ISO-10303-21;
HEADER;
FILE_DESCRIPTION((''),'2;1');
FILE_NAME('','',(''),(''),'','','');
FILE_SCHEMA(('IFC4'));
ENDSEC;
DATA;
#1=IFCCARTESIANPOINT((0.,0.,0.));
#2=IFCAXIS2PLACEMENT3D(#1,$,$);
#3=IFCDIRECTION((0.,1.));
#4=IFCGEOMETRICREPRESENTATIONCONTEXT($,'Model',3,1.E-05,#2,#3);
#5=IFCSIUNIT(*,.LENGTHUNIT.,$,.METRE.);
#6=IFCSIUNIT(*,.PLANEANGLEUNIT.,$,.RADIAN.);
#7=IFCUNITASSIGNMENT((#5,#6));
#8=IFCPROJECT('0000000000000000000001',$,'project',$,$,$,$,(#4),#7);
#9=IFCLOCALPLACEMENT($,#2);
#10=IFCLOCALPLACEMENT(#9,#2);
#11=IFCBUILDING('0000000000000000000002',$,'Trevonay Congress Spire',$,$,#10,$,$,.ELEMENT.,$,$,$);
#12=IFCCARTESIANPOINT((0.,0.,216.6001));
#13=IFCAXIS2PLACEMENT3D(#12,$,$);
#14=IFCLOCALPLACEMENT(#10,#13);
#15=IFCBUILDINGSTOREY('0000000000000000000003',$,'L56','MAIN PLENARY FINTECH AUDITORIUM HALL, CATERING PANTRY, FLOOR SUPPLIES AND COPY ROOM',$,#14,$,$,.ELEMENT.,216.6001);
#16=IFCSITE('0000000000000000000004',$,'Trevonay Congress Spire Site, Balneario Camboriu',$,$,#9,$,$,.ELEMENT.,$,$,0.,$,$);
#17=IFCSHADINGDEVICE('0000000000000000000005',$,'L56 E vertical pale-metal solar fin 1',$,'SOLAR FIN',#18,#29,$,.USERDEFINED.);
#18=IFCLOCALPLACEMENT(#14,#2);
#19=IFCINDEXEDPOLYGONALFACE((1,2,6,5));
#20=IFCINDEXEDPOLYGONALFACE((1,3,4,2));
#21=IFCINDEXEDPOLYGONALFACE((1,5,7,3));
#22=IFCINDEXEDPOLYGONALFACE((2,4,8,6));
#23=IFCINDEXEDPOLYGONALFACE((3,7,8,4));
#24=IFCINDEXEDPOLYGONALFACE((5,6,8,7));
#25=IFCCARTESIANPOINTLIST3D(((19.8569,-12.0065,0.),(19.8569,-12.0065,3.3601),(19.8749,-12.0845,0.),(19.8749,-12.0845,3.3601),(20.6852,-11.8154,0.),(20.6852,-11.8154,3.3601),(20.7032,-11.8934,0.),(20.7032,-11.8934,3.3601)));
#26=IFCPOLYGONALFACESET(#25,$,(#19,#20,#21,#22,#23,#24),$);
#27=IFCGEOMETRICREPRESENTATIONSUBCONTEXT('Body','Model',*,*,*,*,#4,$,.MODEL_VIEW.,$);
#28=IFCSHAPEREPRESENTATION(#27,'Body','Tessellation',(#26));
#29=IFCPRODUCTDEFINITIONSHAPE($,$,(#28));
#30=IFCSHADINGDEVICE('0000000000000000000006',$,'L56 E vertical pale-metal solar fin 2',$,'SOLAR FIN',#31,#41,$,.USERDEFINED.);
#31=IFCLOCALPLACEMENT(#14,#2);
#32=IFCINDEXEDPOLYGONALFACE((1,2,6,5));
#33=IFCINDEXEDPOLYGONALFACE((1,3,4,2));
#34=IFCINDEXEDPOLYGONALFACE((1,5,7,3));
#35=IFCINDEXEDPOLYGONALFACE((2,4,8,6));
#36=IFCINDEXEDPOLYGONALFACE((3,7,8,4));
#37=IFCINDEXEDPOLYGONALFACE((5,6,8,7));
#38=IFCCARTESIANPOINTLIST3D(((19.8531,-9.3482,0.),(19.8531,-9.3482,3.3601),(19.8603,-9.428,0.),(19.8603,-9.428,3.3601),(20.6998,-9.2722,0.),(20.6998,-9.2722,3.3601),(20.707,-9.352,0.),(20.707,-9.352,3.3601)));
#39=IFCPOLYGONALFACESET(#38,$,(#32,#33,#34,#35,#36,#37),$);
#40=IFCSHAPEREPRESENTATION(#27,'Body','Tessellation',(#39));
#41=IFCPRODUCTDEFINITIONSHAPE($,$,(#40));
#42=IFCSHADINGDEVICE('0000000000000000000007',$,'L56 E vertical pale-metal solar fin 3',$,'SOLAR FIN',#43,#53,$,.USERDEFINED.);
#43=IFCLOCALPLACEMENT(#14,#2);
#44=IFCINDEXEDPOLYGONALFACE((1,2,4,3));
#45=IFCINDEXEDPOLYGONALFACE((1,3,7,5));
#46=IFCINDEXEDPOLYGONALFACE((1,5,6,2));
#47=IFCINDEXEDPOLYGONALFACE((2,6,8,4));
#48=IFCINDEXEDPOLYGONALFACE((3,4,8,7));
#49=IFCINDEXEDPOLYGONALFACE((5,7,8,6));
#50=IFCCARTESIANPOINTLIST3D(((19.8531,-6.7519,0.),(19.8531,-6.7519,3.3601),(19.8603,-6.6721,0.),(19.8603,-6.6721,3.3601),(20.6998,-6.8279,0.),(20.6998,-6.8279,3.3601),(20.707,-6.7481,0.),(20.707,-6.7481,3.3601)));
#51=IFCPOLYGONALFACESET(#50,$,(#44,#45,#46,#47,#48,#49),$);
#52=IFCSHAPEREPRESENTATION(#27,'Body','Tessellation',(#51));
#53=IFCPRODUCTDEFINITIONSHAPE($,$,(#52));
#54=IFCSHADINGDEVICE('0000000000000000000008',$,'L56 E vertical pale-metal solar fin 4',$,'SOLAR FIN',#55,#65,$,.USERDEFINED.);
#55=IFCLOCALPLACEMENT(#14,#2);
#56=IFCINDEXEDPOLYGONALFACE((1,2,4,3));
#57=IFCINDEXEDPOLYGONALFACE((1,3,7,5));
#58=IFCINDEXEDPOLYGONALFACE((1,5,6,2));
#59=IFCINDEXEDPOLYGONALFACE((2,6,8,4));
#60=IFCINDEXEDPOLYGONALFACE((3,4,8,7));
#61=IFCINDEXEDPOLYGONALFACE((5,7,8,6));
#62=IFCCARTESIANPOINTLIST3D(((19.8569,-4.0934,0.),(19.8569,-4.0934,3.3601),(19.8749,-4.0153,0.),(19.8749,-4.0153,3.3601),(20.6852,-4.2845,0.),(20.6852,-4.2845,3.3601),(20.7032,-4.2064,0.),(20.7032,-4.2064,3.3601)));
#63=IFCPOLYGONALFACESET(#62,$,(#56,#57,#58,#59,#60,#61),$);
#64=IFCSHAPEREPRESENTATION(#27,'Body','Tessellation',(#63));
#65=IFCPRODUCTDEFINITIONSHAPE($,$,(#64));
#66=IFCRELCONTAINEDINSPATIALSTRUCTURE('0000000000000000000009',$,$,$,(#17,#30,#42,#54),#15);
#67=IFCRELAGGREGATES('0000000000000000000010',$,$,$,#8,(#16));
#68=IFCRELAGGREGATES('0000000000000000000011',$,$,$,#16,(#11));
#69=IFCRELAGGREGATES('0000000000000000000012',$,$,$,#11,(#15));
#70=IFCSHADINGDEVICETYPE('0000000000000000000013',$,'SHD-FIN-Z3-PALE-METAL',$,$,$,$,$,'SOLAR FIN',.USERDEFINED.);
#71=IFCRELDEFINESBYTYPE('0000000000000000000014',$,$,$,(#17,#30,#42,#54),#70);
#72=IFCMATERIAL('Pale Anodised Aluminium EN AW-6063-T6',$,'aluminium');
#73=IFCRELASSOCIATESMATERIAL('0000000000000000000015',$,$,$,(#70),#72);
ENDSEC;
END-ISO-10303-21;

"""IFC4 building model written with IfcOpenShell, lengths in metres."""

from ifc_helpers import new_model, si_unit, direction, frame, origin, origin_2d, place, context, subcontext, project, spatial, rectangle, extrude, material, type_object, element, save


model = new_model("IFC4")

# Units and contexts
model_context = context("Model", 3, precision=1e-05, world=origin(), true_north=direction((0.0, 1.0)))
body_context = subcontext(model_context, "Body", "Model", "MODEL_VIEW")
ifc_project = project(units=[si_unit("LENGTHUNIT", "METRE"), si_unit("PLANEANGLEUNIT", "RADIAN")], contexts=[model_context])

# Site, building, storey
site_placement = place(None, origin())
site = spatial("IfcSite", under=ifc_project, at=site_placement, Name="Trevonay Congress Spire Site, Balneario Camboriu", CompositionType="ELEMENT", RefElevation=0.0)
building_placement = place(site_placement, origin())
building = spatial("IfcBuilding", under=site, at=building_placement, Name="Trevonay Congress Spire", CompositionType="ELEMENT")
storey_placement = place(building_placement, frame((0.0, 0.0, 216.6001)))
storey = spatial("IfcBuildingStorey", under=building, at=storey_placement, Name="L56", Description="MAIN PLENARY FINTECH AUDITORIUM HALL, CATERING PANTRY, FLOOR SUPPLIES AND COPY ROOM", CompositionType="ELEMENT", Elevation=216.6001)

# Shared definitions
ifc_material_1 = material(Name="Pale Anodised Aluminium EN AW-6063-T6", Category="aluminium")

# Shading devices
shading_device_type = type_object("IfcShadingDeviceType", Name="SHD-FIN-Z3-PALE-METAL", ElementType="SOLAR FIN", PredefinedType="USERDEFINED", material=ifc_material_1)
for number, where, z_axis, x_axis, name in (
    (1, (20.28, -11.95, 0.0), (0.0, 0.0, 1.0), (-0.224781, 0.974409, 0.0), "L56 E vertical pale-metal solar fin 1"),
    (2, (20.28, -9.3501, 0.0), (0.0, 0.0, 1.0), (-0.089416, 0.995994, 0.0), "L56 E vertical pale-metal solar fin 2"),
    (3, (20.28, -6.75, 0.0), (0.0, 0.0, 1.0), (0.089416, 0.995994, 0.0), "L56 E vertical pale-metal solar fin 3"),
    (4, (20.28, -4.1499, 0.0), (0.0, 0.0, 1.0), (0.224781, 0.974409, 0.0), "L56 E vertical pale-metal solar fin 4"),
):
    element("IfcShadingDevice", number, at=place(storey_placement, frame(where, z_axis=z_axis, x_axis=x_axis)), inside=storey, type_object=shading_device_type, Name=name, ObjectType="SOLAR FIN", PredefinedType="USERDEFINED", context=body_context, shape_type="SweptSolid", body=[
        extrude(rectangle(XDim=0.0801, YDim=0.8501, at=origin_2d()), origin(), (0.0, 0.0, 1.0), 3.3601),
    ])

save(model, "model.ifc")
